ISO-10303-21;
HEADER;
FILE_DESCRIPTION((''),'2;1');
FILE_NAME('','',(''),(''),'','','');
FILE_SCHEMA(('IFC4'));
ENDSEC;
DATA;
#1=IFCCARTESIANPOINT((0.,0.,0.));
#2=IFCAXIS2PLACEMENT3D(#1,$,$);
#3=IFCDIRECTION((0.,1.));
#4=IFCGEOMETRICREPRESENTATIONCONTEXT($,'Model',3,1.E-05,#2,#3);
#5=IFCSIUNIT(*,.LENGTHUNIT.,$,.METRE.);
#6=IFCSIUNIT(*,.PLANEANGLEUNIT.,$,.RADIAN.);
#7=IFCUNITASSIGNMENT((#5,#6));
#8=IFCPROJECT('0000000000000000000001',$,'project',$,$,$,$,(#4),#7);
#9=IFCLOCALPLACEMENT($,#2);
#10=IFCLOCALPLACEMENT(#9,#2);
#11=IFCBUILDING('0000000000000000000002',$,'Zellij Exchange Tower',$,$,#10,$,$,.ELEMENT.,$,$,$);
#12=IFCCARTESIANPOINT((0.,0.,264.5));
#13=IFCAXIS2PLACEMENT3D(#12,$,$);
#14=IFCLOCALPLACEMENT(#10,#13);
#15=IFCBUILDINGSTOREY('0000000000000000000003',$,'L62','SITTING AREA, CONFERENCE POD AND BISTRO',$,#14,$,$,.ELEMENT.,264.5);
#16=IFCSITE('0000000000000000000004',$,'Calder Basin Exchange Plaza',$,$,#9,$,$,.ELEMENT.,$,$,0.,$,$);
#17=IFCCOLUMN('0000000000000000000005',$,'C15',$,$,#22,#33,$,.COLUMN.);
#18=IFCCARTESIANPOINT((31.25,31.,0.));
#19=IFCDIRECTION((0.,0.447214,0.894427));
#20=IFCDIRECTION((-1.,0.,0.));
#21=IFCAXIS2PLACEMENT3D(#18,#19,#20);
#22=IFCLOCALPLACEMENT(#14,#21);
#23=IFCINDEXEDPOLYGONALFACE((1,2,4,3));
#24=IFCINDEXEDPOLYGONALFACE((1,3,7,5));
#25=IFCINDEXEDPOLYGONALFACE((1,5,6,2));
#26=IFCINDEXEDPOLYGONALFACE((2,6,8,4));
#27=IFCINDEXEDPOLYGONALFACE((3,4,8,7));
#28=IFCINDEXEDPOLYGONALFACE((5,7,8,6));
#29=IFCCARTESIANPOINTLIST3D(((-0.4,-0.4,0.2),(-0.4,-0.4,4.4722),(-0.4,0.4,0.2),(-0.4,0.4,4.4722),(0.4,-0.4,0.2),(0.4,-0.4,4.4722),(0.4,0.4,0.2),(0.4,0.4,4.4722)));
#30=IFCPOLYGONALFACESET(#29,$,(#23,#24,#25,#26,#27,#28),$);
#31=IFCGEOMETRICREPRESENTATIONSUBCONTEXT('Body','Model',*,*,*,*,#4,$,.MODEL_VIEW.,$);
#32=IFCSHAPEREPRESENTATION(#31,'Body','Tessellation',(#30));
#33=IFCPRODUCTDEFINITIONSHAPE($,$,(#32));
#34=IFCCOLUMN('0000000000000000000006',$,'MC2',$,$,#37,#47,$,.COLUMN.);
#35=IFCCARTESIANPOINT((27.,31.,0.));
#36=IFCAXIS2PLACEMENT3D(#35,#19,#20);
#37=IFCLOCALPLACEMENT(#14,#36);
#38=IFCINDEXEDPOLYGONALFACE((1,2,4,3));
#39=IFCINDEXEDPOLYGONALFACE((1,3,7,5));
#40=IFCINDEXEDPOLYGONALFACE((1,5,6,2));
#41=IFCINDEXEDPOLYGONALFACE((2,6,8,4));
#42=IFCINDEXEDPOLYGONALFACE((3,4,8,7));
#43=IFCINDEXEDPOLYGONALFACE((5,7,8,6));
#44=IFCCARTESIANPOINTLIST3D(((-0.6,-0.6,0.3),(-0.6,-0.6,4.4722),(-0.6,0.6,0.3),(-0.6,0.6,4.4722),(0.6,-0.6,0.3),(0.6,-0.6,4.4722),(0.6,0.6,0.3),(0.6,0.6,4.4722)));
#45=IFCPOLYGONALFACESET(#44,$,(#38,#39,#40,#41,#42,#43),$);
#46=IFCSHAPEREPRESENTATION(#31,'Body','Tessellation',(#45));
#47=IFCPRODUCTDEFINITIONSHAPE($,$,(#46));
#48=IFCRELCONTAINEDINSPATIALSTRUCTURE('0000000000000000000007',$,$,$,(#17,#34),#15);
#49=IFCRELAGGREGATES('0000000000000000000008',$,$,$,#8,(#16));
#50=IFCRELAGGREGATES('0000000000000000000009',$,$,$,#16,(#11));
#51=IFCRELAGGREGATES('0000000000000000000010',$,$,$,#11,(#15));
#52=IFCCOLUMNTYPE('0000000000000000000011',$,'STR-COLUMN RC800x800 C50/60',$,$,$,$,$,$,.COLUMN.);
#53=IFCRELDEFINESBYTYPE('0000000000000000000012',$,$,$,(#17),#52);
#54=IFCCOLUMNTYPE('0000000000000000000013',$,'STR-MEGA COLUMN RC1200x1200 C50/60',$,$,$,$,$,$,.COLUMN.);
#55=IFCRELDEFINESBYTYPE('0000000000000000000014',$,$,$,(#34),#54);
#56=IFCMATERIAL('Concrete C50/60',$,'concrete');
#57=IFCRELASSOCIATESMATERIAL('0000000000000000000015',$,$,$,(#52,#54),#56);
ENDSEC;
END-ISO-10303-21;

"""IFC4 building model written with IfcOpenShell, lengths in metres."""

from ifc_helpers import new_model, si_unit, direction, frame, origin, origin_2d, place, context, subcontext, project, spatial, rectangle, extrude, clip, halfspace, material, material_profile, profile_set, type_object, element, save


model = new_model("IFC4")

# Units and contexts
model_context = context("Model", 3, precision=1e-05, world=origin(), true_north=direction((0.0, 1.0)))
body_context = subcontext(model_context, "Body", "Model", "MODEL_VIEW")
ifc_project = project(units=[si_unit("LENGTHUNIT", "METRE"), si_unit("PLANEANGLEUNIT", "RADIAN")], contexts=[model_context])

# Site, building, storey
site_placement = place(None, origin())
site = spatial("IfcSite", under=ifc_project, at=site_placement, Name="Calder Basin Exchange Plaza", CompositionType="ELEMENT", RefElevation=0.0)
building_placement = place(site_placement, origin())
building = spatial("IfcBuilding", under=site, at=building_placement, Name="Zellij Exchange Tower", CompositionType="ELEMENT")
storey_placement = place(building_placement, frame((0.0, 0.0, 264.5)))
storey = spatial("IfcBuildingStorey", under=building, at=storey_placement, Name="L62", Description="SITTING AREA, CONFERENCE POD AND BISTRO", CompositionType="ELEMENT", Elevation=264.5)

# Columns
ifc_material_1 = material(Name="Concrete C50/60", Category="concrete")
ifc_material_profile_1 = material_profile(ifc_material_1, rectangle(XDim=0.8, YDim=0.8, at=origin_2d()), Name="STR-COLUMN RC800x800 C50/60")
ifc_profile_set_1 = profile_set([ifc_material_profile_1], Name="Concrete C50/60")
column_type_1 = type_object("IfcColumnType", Name="STR-COLUMN RC800x800 C50/60", PredefinedType="COLUMN", material=ifc_profile_set_1)
column_1_placement = place(storey_placement, frame((31.25, 31.0, 0.0), z_axis=(0.0, 0.447214, 0.894427), x_axis=(-1.0, 0.0, 0.0)))
element("IfcColumn", 1, at=column_1_placement, inside=storey, type_object=column_type_1, Name="C15", PredefinedType="COLUMN", context=body_context, shape_type="Clipping", body=[
    clip(extrude(rectangle(XDim=0.8, YDim=0.8, at=origin_2d()), origin(), (0.0, 0.0, 1.0), 4.4722), halfspace(frame((0.0, 0.0, 0.2)), True)),
])
ifc_material_profile_2 = material_profile(ifc_material_1, rectangle(XDim=1.2, YDim=1.2, at=origin_2d()), Name="STR-MEGA COLUMN RC1200x1200 C50/60")
ifc_profile_set_2 = profile_set([ifc_material_profile_2], Name="Concrete C50/60")
column_type_2 = type_object("IfcColumnType", Name="STR-MEGA COLUMN RC1200x1200 C50/60", PredefinedType="COLUMN", material=ifc_profile_set_2)
column_2_placement = place(storey_placement, frame((27.0, 31.0, 0.0), z_axis=(0.0, 0.447214, 0.894427), x_axis=(-1.0, 0.0, 0.0)))
element("IfcColumn", 2, at=column_2_placement, inside=storey, type_object=column_type_2, Name="MC2", PredefinedType="COLUMN", context=body_context, shape_type="Clipping", body=[
    clip(extrude(rectangle(XDim=1.2, YDim=1.2, at=origin_2d()), origin(), (0.0, 0.0, 1.0), 4.4722), halfspace(frame((0.0, 0.0, 0.3)), True)),
])

save(model, "model.ifc")
